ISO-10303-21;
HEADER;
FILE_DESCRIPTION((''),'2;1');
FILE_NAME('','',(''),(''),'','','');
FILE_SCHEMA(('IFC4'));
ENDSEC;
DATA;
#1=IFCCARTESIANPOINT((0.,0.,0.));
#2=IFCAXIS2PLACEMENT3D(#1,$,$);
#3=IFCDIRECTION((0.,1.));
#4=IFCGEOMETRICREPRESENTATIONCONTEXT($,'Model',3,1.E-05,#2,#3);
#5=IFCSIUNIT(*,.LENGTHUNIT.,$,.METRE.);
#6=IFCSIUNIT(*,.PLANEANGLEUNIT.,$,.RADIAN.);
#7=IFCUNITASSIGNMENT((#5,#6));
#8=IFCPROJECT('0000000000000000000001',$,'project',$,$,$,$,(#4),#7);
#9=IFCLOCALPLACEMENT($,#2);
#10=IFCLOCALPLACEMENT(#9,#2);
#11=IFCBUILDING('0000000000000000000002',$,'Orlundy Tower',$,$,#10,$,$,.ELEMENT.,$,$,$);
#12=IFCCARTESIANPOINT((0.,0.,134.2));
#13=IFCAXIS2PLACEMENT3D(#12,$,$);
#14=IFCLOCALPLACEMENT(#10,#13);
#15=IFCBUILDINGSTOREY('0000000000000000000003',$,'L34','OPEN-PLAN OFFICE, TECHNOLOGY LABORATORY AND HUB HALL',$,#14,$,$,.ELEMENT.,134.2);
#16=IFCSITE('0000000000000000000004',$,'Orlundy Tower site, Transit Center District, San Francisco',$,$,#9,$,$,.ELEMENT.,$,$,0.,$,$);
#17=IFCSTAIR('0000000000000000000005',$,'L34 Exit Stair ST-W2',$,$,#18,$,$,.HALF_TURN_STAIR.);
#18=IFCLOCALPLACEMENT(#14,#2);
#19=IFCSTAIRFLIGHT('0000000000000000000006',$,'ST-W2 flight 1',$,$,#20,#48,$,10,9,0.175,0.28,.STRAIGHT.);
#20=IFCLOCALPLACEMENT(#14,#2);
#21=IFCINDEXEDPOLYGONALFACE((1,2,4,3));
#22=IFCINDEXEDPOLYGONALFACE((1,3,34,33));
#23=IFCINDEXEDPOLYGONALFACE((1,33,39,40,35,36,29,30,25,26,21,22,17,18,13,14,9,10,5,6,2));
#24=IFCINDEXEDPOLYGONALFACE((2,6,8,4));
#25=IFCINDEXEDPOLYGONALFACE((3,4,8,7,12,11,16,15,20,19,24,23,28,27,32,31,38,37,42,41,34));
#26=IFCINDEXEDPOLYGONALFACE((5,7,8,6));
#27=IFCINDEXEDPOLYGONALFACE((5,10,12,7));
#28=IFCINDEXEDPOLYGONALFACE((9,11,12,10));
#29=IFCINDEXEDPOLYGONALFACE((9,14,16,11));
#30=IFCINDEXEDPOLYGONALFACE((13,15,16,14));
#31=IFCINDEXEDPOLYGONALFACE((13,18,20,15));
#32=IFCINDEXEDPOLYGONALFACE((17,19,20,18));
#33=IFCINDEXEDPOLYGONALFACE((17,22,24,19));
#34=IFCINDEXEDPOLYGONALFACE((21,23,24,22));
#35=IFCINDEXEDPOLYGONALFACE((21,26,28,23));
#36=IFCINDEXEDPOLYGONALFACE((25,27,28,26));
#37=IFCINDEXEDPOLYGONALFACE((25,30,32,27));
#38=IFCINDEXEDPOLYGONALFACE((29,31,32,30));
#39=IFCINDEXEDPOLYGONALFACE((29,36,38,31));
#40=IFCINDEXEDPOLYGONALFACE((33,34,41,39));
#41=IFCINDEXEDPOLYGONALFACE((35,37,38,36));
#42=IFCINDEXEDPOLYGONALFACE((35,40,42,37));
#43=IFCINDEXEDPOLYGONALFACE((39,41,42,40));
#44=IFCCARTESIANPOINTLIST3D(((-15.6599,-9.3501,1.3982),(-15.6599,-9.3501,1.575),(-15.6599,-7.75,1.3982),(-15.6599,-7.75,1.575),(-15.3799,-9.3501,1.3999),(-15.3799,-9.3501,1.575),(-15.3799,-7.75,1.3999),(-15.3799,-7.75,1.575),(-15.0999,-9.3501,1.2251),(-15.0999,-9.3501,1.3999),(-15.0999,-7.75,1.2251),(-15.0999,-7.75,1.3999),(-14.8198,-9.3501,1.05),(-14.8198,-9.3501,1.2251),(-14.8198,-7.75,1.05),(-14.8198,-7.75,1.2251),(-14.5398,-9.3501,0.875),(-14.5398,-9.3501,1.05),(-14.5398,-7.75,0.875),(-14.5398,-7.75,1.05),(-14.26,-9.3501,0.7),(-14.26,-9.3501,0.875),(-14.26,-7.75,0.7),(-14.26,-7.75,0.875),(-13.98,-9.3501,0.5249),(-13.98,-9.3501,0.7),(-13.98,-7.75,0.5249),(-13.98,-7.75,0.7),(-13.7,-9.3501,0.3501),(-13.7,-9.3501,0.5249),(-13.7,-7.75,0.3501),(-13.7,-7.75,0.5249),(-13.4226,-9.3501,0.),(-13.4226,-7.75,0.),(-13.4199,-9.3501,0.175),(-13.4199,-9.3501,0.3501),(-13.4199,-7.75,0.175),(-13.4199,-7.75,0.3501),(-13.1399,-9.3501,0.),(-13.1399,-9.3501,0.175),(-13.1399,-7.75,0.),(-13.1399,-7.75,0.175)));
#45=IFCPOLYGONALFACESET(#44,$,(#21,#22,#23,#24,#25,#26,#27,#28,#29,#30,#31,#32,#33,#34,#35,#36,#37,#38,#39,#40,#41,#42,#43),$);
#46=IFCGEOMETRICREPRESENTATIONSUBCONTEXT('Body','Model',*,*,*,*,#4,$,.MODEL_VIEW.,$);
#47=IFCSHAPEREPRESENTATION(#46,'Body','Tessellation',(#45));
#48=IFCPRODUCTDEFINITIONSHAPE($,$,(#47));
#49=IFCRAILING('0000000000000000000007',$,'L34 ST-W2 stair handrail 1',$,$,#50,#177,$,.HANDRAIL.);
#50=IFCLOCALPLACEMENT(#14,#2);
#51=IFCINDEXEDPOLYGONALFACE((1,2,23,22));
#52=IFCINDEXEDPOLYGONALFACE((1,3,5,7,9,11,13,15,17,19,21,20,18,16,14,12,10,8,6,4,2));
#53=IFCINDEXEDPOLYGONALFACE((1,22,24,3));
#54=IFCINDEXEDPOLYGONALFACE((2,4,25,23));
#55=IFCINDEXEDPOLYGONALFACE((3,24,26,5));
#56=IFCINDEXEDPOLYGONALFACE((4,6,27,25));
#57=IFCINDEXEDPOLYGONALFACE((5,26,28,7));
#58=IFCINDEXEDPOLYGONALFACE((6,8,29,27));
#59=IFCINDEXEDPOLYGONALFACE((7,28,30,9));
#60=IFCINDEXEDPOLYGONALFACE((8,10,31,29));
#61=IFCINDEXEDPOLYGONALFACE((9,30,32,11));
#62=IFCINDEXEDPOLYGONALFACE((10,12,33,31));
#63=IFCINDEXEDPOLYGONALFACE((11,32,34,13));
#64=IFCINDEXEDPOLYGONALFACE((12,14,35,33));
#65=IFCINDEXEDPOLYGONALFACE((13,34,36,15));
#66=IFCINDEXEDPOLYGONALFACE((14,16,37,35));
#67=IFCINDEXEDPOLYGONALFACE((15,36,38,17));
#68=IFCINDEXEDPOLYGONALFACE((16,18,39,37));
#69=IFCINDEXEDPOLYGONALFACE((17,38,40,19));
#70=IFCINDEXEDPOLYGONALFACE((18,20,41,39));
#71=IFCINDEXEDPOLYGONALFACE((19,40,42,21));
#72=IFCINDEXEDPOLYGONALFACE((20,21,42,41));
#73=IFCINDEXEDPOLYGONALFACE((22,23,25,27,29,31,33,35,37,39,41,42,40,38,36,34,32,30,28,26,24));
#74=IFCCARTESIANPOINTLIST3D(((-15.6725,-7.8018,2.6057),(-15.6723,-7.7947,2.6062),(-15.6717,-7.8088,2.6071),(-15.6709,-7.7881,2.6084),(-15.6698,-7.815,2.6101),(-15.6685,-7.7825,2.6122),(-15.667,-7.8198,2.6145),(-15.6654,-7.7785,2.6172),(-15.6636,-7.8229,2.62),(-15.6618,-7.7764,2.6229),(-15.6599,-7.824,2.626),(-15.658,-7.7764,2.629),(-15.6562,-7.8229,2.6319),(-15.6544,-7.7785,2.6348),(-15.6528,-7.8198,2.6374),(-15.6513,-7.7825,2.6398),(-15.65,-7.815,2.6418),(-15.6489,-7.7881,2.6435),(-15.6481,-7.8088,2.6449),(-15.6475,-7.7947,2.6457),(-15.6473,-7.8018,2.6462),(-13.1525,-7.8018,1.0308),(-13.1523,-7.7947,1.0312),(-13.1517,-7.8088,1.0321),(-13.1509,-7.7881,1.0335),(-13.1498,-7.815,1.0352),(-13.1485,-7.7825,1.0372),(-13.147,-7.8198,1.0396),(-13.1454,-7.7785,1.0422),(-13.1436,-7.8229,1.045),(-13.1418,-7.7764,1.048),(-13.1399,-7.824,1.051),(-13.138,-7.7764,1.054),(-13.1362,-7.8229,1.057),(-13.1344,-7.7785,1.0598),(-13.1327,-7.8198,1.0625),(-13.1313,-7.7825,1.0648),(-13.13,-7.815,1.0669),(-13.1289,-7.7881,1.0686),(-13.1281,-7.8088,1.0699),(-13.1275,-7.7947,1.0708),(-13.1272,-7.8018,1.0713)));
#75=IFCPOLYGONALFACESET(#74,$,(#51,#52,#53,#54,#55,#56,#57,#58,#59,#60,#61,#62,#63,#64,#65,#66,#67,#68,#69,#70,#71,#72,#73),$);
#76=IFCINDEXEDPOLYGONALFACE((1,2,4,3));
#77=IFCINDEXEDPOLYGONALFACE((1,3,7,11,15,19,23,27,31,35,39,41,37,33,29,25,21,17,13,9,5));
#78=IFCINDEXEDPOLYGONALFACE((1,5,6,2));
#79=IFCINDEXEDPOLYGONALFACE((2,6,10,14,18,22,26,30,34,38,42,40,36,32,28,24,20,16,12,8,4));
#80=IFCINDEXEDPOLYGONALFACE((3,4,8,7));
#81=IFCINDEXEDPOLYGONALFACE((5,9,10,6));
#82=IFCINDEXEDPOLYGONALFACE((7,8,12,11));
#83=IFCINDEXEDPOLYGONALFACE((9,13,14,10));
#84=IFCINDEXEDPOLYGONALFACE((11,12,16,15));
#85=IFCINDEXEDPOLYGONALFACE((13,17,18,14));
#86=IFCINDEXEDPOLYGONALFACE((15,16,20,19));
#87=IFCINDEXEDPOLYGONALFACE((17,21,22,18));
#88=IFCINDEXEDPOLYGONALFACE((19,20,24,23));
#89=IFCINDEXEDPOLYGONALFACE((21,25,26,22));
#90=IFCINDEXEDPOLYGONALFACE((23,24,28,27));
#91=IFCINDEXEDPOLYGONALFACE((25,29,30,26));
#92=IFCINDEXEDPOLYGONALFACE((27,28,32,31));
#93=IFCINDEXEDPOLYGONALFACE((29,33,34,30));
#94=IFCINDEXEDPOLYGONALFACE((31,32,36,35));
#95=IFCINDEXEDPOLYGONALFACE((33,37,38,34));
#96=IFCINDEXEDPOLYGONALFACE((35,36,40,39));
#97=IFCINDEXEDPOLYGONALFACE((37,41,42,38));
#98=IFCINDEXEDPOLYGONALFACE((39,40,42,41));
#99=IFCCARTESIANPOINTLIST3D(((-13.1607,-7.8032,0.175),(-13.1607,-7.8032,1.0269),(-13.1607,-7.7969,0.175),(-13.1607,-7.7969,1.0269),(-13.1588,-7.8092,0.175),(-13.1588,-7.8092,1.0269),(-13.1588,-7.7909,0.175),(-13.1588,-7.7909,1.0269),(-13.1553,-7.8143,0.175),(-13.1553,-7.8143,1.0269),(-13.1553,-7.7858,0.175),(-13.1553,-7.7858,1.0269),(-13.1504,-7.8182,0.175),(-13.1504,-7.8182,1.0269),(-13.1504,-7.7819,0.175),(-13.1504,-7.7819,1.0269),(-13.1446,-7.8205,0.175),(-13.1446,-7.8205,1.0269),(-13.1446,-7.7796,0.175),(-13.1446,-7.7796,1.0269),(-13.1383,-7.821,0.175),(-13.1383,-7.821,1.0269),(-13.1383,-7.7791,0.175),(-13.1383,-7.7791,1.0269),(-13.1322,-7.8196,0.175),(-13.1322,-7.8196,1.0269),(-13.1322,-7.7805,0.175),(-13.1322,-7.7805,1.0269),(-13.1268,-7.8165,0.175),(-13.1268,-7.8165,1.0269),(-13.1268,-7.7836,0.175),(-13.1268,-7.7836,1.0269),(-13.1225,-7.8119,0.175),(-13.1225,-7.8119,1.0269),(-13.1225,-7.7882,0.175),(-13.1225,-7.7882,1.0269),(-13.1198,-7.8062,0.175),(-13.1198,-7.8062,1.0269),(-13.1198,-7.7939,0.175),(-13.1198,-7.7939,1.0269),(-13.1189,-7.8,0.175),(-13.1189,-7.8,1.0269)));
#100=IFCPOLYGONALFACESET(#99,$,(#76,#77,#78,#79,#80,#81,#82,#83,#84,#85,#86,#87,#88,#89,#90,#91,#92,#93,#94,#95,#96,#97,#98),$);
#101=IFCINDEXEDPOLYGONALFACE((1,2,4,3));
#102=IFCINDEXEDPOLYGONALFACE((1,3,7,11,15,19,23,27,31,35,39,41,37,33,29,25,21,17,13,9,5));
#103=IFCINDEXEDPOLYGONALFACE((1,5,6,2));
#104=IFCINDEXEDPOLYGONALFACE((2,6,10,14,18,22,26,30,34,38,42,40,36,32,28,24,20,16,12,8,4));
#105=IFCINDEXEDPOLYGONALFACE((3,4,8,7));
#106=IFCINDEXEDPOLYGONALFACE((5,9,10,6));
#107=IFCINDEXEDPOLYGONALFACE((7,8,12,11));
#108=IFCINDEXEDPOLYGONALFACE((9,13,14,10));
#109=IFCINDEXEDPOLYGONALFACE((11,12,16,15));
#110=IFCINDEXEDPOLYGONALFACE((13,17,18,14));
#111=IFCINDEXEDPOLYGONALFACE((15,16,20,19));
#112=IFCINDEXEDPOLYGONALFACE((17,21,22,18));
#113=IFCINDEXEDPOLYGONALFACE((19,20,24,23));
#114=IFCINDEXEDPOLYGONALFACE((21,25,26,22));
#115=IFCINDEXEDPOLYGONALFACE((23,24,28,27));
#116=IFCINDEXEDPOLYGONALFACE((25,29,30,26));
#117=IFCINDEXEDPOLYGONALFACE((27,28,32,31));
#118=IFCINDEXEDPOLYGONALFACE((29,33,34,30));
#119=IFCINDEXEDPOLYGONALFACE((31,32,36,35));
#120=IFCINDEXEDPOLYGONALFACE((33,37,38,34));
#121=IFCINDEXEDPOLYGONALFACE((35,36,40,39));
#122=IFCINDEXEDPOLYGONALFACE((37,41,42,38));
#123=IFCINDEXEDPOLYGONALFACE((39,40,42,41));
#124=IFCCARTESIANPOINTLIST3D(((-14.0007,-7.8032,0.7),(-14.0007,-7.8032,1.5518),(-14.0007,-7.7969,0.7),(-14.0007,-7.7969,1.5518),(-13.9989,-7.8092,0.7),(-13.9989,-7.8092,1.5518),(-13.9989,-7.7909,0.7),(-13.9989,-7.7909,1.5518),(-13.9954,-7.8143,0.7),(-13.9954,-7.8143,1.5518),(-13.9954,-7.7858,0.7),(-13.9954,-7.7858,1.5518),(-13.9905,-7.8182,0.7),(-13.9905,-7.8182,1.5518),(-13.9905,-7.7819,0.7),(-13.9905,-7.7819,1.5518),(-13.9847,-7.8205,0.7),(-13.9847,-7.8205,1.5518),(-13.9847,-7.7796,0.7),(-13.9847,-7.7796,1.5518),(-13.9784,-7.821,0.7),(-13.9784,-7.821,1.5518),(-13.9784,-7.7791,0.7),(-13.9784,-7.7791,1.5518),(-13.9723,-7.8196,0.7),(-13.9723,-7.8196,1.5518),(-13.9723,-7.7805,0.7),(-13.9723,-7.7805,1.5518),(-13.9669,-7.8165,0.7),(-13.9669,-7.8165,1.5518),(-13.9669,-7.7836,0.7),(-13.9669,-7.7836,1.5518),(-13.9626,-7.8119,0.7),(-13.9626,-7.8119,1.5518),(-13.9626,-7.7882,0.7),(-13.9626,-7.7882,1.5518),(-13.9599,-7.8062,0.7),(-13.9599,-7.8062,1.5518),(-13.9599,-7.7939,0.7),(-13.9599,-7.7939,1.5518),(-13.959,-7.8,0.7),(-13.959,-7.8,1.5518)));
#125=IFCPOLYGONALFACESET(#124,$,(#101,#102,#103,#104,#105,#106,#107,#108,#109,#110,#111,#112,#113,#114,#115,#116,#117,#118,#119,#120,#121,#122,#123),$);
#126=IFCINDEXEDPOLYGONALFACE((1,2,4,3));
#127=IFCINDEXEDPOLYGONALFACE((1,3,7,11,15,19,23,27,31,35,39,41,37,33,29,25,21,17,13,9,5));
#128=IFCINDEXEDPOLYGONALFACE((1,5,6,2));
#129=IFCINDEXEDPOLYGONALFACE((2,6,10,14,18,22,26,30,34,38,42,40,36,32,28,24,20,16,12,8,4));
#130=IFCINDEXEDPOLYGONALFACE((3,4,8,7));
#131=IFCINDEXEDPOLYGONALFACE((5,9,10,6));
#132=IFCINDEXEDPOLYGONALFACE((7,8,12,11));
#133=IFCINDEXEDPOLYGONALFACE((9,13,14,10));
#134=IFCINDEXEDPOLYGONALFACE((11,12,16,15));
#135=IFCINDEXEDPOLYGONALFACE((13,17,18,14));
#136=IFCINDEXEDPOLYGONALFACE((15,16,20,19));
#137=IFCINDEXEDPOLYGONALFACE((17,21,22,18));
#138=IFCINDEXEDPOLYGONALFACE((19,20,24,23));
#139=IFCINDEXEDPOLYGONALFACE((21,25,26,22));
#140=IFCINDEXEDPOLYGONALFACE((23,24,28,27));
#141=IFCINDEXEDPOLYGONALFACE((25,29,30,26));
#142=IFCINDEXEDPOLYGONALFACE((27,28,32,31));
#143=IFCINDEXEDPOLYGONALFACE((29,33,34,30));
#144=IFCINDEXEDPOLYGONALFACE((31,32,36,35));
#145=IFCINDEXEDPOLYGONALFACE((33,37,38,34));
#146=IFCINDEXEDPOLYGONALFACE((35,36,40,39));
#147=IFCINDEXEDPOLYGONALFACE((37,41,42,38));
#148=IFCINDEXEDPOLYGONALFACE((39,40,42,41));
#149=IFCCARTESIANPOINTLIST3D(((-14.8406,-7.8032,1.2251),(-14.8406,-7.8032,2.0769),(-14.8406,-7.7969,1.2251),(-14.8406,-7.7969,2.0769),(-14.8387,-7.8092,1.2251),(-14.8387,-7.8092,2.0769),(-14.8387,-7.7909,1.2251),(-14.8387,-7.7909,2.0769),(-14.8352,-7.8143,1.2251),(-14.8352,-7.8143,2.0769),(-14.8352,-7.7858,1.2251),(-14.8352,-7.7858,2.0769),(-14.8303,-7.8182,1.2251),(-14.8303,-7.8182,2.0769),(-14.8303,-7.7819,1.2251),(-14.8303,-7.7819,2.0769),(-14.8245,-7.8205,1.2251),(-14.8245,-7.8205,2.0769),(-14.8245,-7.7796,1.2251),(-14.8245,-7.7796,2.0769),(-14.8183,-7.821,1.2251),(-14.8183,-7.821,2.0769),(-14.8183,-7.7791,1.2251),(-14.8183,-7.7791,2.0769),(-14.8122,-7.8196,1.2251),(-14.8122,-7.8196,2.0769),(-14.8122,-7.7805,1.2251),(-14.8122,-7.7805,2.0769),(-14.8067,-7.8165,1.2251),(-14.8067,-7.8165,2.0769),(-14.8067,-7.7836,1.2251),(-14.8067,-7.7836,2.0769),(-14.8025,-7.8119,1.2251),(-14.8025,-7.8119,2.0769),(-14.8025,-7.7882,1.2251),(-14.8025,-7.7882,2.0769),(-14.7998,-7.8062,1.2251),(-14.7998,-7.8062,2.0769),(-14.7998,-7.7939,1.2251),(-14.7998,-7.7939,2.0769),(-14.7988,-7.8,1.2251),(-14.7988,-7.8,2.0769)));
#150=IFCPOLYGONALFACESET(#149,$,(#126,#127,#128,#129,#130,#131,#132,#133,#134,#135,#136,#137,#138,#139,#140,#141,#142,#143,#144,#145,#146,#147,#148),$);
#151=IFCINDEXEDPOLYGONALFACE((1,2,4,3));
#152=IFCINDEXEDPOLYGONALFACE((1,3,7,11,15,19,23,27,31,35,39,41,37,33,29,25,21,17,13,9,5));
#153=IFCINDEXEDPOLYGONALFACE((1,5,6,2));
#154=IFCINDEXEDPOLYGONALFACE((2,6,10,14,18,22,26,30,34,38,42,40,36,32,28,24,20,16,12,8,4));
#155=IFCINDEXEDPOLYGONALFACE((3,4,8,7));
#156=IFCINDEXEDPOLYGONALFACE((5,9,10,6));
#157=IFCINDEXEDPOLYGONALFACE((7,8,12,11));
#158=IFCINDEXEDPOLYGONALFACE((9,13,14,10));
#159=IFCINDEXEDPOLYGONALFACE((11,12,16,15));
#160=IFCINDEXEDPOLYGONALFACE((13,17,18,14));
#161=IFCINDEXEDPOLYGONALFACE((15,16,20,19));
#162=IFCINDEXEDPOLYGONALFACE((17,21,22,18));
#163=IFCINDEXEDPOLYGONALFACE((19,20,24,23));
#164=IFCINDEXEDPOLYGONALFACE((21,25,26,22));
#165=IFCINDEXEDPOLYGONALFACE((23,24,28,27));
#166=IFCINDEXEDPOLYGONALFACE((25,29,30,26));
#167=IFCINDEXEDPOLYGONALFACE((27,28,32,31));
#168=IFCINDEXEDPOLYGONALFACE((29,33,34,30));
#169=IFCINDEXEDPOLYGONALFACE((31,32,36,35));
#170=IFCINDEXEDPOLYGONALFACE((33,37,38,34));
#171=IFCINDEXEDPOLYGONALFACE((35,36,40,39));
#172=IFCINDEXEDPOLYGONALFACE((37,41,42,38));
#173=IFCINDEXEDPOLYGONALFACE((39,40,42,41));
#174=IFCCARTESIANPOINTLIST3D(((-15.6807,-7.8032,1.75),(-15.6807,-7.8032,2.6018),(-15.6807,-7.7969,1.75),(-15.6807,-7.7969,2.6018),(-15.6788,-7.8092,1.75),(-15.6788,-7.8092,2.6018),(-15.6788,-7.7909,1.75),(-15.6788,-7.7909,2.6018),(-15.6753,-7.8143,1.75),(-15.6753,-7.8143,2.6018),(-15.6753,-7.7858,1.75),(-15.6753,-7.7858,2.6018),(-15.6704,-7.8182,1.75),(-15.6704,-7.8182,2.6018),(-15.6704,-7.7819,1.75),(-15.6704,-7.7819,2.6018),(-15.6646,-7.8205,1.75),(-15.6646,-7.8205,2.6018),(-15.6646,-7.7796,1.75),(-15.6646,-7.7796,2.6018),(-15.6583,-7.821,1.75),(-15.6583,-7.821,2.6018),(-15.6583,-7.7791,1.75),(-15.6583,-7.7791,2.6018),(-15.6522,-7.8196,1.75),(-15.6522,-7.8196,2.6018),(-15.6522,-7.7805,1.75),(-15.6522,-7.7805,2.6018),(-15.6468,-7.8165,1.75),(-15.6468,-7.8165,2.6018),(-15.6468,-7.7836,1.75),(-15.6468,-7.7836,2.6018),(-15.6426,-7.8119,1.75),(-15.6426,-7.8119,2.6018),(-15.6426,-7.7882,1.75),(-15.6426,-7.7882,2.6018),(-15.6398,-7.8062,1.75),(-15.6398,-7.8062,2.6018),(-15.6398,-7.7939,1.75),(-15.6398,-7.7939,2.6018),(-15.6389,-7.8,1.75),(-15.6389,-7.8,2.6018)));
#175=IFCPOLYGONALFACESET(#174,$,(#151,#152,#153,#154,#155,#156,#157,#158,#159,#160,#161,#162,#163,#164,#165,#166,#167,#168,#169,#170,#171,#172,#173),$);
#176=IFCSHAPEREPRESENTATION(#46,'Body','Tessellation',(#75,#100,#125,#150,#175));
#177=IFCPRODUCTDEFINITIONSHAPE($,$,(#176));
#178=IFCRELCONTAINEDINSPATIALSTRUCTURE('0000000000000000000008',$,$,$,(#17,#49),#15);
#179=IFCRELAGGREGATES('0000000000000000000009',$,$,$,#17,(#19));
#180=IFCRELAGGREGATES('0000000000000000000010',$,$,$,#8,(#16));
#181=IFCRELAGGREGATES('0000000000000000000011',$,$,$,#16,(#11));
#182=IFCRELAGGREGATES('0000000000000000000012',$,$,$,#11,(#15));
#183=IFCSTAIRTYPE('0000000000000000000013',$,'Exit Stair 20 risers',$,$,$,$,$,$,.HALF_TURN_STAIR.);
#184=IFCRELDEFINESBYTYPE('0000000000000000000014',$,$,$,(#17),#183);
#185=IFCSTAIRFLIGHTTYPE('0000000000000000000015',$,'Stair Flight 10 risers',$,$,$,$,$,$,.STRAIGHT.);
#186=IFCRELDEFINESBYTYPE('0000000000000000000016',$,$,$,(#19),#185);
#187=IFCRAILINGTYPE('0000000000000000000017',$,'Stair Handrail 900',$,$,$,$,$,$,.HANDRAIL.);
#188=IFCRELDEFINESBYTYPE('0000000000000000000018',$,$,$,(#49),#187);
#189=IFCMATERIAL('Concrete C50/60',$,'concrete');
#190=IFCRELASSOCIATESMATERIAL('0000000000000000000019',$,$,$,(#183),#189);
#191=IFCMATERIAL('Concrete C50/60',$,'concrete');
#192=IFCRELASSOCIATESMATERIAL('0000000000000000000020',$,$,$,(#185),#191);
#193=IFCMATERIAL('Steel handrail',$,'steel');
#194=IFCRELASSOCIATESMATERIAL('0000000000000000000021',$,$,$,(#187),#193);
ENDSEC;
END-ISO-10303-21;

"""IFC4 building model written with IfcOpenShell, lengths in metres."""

from ifc_helpers import new_model, si_unit, direction, frame, origin, origin_2d, place, context, subcontext, project, spatial, polyline, circle, outline, extrude, material, type_object, element, aggregate, save


model = new_model("IFC4")

# Units and contexts
model_context = context("Model", 3, precision=1e-05, world=origin(), true_north=direction((0.0, 1.0)))
body_context = subcontext(model_context, "Body", "Model", "MODEL_VIEW")
ifc_project = project(units=[si_unit("LENGTHUNIT", "METRE"), si_unit("PLANEANGLEUNIT", "RADIAN")], contexts=[model_context])

# Site, building, storey
site_placement = place(None, origin())
site = spatial("IfcSite", under=ifc_project, at=site_placement, Name="Orlundy Tower site, Transit Center District, San Francisco", CompositionType="ELEMENT", RefElevation=0.0)
building_placement = place(site_placement, origin())
building = spatial("IfcBuilding", under=site, at=building_placement, Name="Orlundy Tower", CompositionType="ELEMENT")
storey_placement = place(building_placement, frame((0.0, 0.0, 134.2)))
storey = spatial("IfcBuildingStorey", under=building, at=storey_placement, Name="L34", Description="OPEN-PLAN OFFICE, TECHNOLOGY LABORATORY AND HUB HALL", CompositionType="ELEMENT", Elevation=134.2)

# Stair, stair flight
ifc_material_1 = material(Name="Concrete C50/60", Category="concrete")
stair_type = type_object("IfcStairType", Name="Exit Stair 20 risers", PredefinedType="HALF_TURN_STAIR", material=ifc_material_1)
stair_placement = place(storey_placement, origin())
stair = element("IfcStair", 1, at=stair_placement, inside=storey, type_object=stair_type, Name="L34 Exit Stair ST-W2", PredefinedType="HALF_TURN_STAIR")
ifc_material_2 = material(Name="Concrete C50/60", Category="concrete")
stair_flight_type = type_object("IfcStairFlightType", Name="Stair Flight 10 risers", PredefinedType="STRAIGHT", material=ifc_material_2)
stair_flight_placement = place(storey_placement, frame((-13.1399, -8.55, 0.0), z_axis=(0.0, 0.0, 1.0), x_axis=(-1.0, 0.0, 0.0)))
stair_flight = element("IfcStairFlight", 2, at=stair_flight_placement, type_object=stair_flight_type, Name="ST-W2 flight 1", NumberOfRisers=10, NumberOfTreads=9, PredefinedType="STRAIGHT", RiserHeight=0.175, TreadLength=0.28, context=body_context, shape_type="SweptSolid", body=[
    extrude(outline(polyline([(0.0, 0.0), (0.0, 0.175), (0.28, 0.175), (0.28, 0.3501), (0.5601, 0.3501), (0.5601, 0.5249), (0.8401, 0.5249), (0.8401, 0.7), (1.1201, 0.7), (1.1201, 0.875), (1.3999, 0.875), (1.3999, 1.05), (1.6799, 1.05), (1.6799, 1.2251), (1.96, 1.2251), (1.96, 1.3999), (2.24, 1.3999), (2.24, 1.575), (2.52, 1.575), (2.52, 1.75), (2.52, 1.3982), (0.2827, 0.0), (0.0, 0.0)])), frame((0.0, 0.8, 0.0), z_axis=(0.0, -1.0, 0.0), x_axis=(1.0, 0.0, 0.0)), (0.0, 0.0, 1.0), 1.6001),
])
aggregate(stair, [stair_flight])

# Railing
ifc_material_3 = material(Name="Steel handrail", Category="steel")
railing_type_1 = type_object("IfcRailingType", Name="Stair Handrail 900", PredefinedType="HANDRAIL", material=ifc_material_3)
railing_1_placement = place(storey_placement, frame((-13.1399, -7.8, 0.175)))
element("IfcRailing", 3, at=railing_1_placement, inside=storey, type_object=railing_type_1, Name="L34 ST-W2 stair handrail 1", PredefinedType="HANDRAIL", context=body_context, shape_type="SweptSolid", body=[
    extrude(circle(Radius=0.0239, at=origin_2d()), frame((0.0, 0.0, 0.876), z_axis=(-0.848008, 0.0, 0.529984), x_axis=(0.0, -1.0, 0.0)), (0.0, 0.0, 1.0), 2.9717),
    extrude(circle(Radius=0.021, at=origin_2d()), origin(), (0.0, 0.0, 1.0), 0.8518),
    extrude(circle(Radius=0.021, at=origin_2d()), frame((-0.8401, 0.0, 0.5249)), (0.0, 0.0, 1.0), 0.8518),
    extrude(circle(Radius=0.021, at=origin_2d()), frame((-1.6799, 0.0, 1.05)), (0.0, 0.0, 1.0), 0.8518),
    extrude(circle(Radius=0.021, at=origin_2d()), frame((-2.52, 0.0, 1.575)), (0.0, 0.0, 1.0), 0.8518),
])

save(model, "model.ifc")
